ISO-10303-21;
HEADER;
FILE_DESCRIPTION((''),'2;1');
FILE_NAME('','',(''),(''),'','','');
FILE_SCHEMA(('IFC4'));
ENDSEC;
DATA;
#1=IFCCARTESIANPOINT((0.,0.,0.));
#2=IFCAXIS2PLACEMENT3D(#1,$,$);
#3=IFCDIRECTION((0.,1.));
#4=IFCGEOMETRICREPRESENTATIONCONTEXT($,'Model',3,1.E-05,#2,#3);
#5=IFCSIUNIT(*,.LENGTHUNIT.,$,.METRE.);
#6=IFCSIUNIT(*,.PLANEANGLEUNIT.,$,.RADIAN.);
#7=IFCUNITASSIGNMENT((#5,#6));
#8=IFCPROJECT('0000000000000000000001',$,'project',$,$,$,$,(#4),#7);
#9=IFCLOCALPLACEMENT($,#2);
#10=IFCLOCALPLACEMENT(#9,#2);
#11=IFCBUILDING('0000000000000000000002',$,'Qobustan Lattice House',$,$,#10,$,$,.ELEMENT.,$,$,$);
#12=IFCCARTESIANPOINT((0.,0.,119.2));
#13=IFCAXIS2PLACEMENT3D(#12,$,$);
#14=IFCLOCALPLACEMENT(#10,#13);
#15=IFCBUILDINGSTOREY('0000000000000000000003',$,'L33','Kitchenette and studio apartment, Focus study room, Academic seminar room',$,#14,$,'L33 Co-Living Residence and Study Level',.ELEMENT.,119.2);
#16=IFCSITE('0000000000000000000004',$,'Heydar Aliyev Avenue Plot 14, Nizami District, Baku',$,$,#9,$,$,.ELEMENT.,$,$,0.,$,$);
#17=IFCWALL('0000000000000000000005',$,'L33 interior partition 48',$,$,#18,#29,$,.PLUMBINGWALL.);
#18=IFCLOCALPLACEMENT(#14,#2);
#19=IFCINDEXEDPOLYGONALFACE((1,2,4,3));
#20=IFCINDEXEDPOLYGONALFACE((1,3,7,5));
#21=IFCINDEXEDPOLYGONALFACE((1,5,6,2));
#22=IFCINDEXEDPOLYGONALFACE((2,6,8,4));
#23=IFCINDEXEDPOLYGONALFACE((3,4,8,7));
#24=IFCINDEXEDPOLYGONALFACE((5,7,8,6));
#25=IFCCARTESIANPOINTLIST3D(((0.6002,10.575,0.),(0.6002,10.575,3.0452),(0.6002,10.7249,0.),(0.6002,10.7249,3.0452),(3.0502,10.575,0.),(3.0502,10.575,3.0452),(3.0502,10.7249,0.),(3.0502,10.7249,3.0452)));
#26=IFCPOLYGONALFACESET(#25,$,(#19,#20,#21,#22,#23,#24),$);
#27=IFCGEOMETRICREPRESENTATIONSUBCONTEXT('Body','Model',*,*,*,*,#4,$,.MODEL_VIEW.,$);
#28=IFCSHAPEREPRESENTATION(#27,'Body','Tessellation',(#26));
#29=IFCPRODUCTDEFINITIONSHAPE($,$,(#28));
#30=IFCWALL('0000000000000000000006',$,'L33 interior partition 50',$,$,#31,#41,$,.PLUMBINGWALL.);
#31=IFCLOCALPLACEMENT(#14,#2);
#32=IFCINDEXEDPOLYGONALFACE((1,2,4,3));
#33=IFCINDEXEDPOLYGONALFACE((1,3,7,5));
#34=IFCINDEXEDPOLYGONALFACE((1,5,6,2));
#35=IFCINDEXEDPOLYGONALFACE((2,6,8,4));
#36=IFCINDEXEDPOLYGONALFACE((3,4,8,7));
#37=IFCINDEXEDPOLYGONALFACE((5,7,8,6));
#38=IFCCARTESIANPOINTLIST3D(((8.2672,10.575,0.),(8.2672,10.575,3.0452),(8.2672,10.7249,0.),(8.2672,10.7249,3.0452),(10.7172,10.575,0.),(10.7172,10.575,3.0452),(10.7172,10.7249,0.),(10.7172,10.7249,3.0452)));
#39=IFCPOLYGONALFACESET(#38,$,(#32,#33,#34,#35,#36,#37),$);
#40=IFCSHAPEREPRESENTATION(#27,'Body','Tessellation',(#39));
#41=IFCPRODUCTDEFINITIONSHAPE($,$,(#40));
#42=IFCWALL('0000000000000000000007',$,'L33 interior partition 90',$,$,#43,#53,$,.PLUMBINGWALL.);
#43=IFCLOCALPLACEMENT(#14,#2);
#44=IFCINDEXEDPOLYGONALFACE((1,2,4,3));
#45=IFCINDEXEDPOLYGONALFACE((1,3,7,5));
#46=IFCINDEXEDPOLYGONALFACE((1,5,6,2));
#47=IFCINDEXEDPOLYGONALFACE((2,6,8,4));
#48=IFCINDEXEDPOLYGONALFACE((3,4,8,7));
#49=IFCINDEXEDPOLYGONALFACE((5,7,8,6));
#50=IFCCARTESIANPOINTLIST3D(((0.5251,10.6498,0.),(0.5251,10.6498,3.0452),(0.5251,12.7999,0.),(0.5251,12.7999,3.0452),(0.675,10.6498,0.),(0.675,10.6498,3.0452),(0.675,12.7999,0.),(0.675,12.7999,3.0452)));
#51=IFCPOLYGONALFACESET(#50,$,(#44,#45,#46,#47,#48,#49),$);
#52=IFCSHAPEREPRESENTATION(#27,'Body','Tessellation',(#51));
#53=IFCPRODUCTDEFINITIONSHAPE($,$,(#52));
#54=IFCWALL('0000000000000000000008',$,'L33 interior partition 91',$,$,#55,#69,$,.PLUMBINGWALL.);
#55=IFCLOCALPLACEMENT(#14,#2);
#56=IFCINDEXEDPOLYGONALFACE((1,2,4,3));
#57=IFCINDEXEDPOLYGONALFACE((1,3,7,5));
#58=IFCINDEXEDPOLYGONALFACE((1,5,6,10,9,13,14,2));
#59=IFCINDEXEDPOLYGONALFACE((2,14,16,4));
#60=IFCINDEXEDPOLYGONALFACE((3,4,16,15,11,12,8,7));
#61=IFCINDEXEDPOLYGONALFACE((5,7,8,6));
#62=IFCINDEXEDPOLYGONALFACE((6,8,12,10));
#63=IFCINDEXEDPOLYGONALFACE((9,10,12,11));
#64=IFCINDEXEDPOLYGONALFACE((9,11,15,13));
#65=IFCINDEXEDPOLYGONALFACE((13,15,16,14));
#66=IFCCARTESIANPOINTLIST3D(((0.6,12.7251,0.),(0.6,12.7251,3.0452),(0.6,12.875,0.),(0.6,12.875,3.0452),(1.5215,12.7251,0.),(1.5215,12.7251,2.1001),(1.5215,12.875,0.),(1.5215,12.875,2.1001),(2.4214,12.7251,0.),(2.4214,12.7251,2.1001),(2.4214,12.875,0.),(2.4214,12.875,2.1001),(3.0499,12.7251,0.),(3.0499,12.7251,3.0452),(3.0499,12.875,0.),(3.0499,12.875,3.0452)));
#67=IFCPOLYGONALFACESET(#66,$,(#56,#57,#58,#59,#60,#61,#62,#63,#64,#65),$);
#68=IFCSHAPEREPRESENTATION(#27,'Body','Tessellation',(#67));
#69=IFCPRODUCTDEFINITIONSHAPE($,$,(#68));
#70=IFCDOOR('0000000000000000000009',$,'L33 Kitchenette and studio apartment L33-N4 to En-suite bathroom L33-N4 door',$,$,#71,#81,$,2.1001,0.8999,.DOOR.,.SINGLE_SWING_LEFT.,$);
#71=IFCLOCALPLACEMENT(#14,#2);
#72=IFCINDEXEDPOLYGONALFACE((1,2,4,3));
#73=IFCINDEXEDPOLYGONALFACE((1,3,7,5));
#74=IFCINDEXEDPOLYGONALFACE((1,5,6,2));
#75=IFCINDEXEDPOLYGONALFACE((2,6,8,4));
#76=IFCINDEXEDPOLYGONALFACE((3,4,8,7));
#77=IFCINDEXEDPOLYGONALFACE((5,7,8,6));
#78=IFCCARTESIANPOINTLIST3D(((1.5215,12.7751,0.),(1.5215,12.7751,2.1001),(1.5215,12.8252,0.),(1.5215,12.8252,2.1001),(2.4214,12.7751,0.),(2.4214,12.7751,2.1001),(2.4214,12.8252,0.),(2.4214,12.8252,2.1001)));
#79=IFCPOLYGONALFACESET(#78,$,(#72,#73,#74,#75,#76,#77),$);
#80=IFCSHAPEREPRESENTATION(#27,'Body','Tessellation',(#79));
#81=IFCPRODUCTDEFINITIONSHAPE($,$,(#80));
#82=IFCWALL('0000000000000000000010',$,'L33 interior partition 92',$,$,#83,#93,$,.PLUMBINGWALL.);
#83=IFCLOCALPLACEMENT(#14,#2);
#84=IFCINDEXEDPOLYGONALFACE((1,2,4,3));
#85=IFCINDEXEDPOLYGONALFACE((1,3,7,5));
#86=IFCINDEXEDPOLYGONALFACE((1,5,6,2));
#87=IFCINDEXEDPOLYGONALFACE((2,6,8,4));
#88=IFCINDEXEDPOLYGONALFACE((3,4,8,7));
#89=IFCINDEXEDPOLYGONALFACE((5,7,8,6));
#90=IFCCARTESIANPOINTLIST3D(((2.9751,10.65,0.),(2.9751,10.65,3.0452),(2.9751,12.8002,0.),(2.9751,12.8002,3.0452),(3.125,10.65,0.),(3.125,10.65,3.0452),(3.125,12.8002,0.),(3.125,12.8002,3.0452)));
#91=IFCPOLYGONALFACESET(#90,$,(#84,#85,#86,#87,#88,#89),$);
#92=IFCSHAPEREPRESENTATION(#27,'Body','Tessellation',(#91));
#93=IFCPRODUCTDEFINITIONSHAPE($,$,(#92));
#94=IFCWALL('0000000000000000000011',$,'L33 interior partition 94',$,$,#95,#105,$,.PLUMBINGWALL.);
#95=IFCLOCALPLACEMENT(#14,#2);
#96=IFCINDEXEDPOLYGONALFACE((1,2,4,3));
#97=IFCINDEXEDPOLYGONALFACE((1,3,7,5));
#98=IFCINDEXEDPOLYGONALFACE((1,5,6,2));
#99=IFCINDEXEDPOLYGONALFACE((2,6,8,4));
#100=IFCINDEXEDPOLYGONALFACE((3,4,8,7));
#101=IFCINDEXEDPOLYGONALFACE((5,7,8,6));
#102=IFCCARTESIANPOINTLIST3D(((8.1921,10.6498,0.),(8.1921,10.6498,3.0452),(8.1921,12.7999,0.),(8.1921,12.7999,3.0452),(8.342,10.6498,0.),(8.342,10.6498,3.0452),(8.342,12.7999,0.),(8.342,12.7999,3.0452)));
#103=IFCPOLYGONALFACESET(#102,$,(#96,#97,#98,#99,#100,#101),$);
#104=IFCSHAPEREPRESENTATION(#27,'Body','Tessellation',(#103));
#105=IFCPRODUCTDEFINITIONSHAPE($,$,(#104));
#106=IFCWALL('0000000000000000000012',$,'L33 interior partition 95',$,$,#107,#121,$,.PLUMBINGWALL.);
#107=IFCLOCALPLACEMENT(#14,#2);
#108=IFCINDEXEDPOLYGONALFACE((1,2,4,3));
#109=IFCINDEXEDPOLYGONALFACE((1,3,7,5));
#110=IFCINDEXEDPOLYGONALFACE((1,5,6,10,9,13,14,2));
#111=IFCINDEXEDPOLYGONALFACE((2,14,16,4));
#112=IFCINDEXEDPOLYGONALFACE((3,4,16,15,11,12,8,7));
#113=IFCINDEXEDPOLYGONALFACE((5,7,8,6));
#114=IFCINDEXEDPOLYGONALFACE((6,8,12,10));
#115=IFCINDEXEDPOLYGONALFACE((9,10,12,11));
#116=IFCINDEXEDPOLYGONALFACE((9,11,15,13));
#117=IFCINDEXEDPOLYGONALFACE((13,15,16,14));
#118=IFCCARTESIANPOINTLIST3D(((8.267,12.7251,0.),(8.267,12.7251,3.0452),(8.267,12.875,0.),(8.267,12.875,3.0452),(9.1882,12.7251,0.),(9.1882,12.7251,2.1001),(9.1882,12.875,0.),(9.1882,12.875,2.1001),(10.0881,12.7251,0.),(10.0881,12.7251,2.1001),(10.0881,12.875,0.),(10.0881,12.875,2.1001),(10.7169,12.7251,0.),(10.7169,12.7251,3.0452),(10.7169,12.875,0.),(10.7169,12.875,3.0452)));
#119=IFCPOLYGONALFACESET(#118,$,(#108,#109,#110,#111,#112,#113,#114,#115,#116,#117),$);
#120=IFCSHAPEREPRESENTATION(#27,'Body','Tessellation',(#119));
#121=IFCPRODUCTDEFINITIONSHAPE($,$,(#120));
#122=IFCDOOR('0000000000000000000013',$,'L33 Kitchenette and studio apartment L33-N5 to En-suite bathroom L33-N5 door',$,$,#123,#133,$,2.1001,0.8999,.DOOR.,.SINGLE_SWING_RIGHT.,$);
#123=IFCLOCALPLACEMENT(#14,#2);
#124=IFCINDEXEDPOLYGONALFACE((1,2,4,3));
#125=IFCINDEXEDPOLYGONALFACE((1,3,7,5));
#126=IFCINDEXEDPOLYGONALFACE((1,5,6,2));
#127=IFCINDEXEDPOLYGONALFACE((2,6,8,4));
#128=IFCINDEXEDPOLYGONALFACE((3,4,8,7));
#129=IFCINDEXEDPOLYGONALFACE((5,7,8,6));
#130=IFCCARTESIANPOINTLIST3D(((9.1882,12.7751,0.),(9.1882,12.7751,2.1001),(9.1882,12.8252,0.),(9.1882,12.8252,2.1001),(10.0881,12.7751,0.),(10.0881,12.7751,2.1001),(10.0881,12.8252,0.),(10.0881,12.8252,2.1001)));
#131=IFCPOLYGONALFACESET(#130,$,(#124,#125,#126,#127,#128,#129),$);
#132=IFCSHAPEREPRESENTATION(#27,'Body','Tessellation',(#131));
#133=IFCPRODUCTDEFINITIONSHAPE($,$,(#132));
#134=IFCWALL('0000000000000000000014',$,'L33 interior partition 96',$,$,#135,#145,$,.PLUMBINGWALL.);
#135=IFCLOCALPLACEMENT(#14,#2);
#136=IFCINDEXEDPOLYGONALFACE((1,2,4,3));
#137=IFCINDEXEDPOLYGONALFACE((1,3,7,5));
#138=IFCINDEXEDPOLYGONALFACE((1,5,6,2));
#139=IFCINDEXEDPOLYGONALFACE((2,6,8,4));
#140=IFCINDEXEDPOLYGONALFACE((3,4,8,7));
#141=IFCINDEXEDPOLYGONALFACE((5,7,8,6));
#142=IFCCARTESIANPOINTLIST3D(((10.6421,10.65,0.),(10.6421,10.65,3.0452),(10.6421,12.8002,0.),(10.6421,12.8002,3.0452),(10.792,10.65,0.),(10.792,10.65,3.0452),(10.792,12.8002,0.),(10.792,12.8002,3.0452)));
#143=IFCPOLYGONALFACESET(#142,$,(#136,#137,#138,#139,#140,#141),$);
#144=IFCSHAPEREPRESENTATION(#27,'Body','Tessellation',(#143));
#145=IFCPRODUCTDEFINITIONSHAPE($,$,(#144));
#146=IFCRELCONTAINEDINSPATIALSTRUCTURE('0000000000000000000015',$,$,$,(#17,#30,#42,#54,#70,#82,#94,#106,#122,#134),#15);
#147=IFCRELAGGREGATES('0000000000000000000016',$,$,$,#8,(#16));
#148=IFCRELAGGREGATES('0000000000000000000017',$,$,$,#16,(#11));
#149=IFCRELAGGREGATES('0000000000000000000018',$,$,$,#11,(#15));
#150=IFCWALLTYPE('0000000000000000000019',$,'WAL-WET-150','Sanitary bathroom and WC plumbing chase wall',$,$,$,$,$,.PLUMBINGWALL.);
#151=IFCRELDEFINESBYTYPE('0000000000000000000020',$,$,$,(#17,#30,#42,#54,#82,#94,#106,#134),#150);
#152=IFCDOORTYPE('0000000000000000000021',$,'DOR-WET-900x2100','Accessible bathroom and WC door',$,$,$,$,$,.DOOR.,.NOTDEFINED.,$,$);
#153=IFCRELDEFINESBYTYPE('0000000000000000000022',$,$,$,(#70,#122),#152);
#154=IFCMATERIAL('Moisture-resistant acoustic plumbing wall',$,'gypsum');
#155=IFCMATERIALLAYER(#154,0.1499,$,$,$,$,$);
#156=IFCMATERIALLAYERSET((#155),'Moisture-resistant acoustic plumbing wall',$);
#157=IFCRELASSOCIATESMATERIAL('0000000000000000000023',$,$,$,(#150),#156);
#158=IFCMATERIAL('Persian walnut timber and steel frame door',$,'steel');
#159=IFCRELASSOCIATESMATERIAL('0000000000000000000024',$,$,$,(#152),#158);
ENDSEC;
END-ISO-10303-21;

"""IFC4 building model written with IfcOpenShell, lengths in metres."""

from ifc_helpers import new_model, si_unit, direction, frame, frame_2d, origin, place, context, subcontext, project, spatial, rectangle, extrude, material, layer, layer_set, type_object, element, fill, save


model = new_model("IFC4")

# Units and contexts
model_context = context("Model", 3, precision=1e-05, world=origin(), true_north=direction((0.0, 1.0)))
body_context = subcontext(model_context, "Body", "Model", "MODEL_VIEW")
ifc_project = project(units=[si_unit("LENGTHUNIT", "METRE"), si_unit("PLANEANGLEUNIT", "RADIAN")], contexts=[model_context])

# Site, building, storey
site_placement = place(None, origin())
site = spatial("IfcSite", under=ifc_project, at=site_placement, Name="Heydar Aliyev Avenue Plot 14, Nizami District, Baku", CompositionType="ELEMENT", RefElevation=0.0)
building_placement = place(site_placement, origin())
building = spatial("IfcBuilding", under=site, at=building_placement, Name="Qobustan Lattice House", CompositionType="ELEMENT")
storey_placement = place(building_placement, frame((0.0, 0.0, 119.2)))
storey = spatial("IfcBuildingStorey", under=building, at=storey_placement, Name="L33", Description="Kitchenette and studio apartment, Focus study room, Academic seminar room", LongName="L33 Co-Living Residence and Study Level", CompositionType="ELEMENT", Elevation=119.2)

# Walls
ifc_material_1 = material(Name="Moisture-resistant acoustic plumbing wall", Category="gypsum")
ifc_layer_1 = layer(ifc_material_1, 0.1499)
ifc_layer_set_1 = layer_set([ifc_layer_1], Name="Moisture-resistant acoustic plumbing wall")
wall_type_1 = type_object("IfcWallType", Name="WAL-WET-150", Description="Sanitary bathroom and WC plumbing chase wall", PredefinedType="PLUMBINGWALL", material=ifc_layer_set_1)
for number, where, z_axis, x_axis, name in (
    (1, (0.6001, 10.6499, 0.0), (0.0, 0.0, 1.0), (1.0, 0.0, 0.0), "L33 interior partition 48"),
    (2, (8.2671, 10.6499, 0.0), (0.0, 0.0, 1.0), (1.0, 0.0, 0.0), "L33 interior partition 50"),
):
    element("IfcWall", number, at=place(storey_placement, frame(where, z_axis=z_axis, x_axis=x_axis)), inside=storey, type_object=wall_type_1, Name=name, PredefinedType="PLUMBINGWALL", context=body_context, shape_type="SweptSolid", body=[
        extrude(rectangle(XDim=2.45, YDim=0.1499, at=frame_2d((1.2251, 0.0))), origin(), (0.0, 0.0, 1.0), 3.0452),
    ])
wall_1_placement = place(storey_placement, frame((0.6001, 12.8, 0.0), z_axis=(0.0, 0.0, 1.0), x_axis=(0.0, -1.0, 0.0)))
element("IfcWall", 3, at=wall_1_placement, inside=storey, type_object=wall_type_1, Name="L33 interior partition 90", PredefinedType="PLUMBINGWALL", context=body_context, shape_type="SweptSolid", body=[
    extrude(rectangle(XDim=2.1501, YDim=0.1499, at=frame_2d((1.0752, 0.0))), origin(), (0.0, 0.0, 1.0), 3.0452),
])

# Wall, opening, door
wall_2_placement = place(storey_placement, frame((3.05, 12.8, 0.0), z_axis=(0.0, 0.0, 1.0), x_axis=(-1.0, 0.0, 0.0)))
wall_2 = element("IfcWall", 4, at=wall_2_placement, inside=storey, type_object=wall_type_1, Name="L33 interior partition 91", PredefinedType="PLUMBINGWALL", context=body_context, shape_type="SweptSolid", body=[
    extrude(rectangle(XDim=2.45, YDim=0.1499, at=frame_2d((1.2251, 0.0))), origin(), (0.0, 0.0, 1.0), 3.0452),
])
opening_1_placement = place(wall_2_placement, frame((0.6287, 0.0, 0.0)))
opening_1 = element("IfcOpeningElement", 5, at=opening_1_placement, cuts=wall_2, PredefinedType="OPENING", context=body_context, shape_type="SweptSolid", body=[
    extrude(rectangle(XDim=0.8999, YDim=2.1001, at=frame_2d((0.45, 1.05))), frame((0.0, 0.085, 0.0), z_axis=(0.0, -1.0, 0.0), x_axis=(1.0, 0.0, 0.0)), (0.0, 0.0, 1.0), 0.1699),
])
ifc_material_2 = material(Name="Persian walnut timber and steel frame door", Category="steel")
door_type_1 = type_object("IfcDoorType", Name="DOR-WET-900x2100", Description="Accessible bathroom and WC door", OperationType="NOTDEFINED", PredefinedType="DOOR", material=ifc_material_2)
door_1_placement = place(opening_1_placement, origin())
door_1 = element("IfcDoor", 6, at=door_1_placement, inside=storey, type_object=door_type_1, Name="L33 Kitchenette and studio apartment L33-N4 to En-suite bathroom L33-N4 door", OperationType="SINGLE_SWING_LEFT", OverallHeight=2.1001, OverallWidth=0.8999, PredefinedType="DOOR", context=body_context, shape_type="SweptSolid", body=[
    extrude(rectangle(XDim=0.8999, YDim=2.1001, at=frame_2d((0.45, 1.05))), frame((0.0, 0.0249, 0.0), z_axis=(0.0, -1.0, 0.0), x_axis=(1.0, 0.0, 0.0)), (0.0, 0.0, 1.0), 0.05),
])
fill(opening_1, door_1)

# Walls
for number, where, z_axis, x_axis, name in (
    (7, (3.05, 10.6499, 0.0), (0.0, 0.0, 1.0), (0.0, 1.0, 0.0), "L33 interior partition 92"),
    (8, (8.2671, 12.8, 0.0), (0.0, 0.0, 1.0), (0.0, -1.0, 0.0), "L33 interior partition 94"),
):
    element("IfcWall", number, at=place(storey_placement, frame(where, z_axis=z_axis, x_axis=x_axis)), inside=storey, type_object=wall_type_1, Name=name, PredefinedType="PLUMBINGWALL", context=body_context, shape_type="SweptSolid", body=[
        extrude(rectangle(XDim=2.1501, YDim=0.1499, at=frame_2d((1.0752, 0.0))), origin(), (0.0, 0.0, 1.0), 3.0452),
    ])

# Wall, opening, door
wall_3_placement = place(storey_placement, frame((10.717, 12.8, 0.0), z_axis=(0.0, 0.0, 1.0), x_axis=(-1.0, 0.0, 0.0)))
wall_3 = element("IfcWall", 9, at=wall_3_placement, inside=storey, type_object=wall_type_1, Name="L33 interior partition 95", PredefinedType="PLUMBINGWALL", context=body_context, shape_type="SweptSolid", body=[
    extrude(rectangle(XDim=2.45, YDim=0.1499, at=frame_2d((1.2251, 0.0))), origin(), (0.0, 0.0, 1.0), 3.0452),
])
opening_2_placement = place(wall_3_placement, frame((0.6289, 0.0, 0.0)))
opening_2 = element("IfcOpeningElement", 10, at=opening_2_placement, cuts=wall_3, PredefinedType="OPENING", context=body_context, shape_type="SweptSolid", body=[
    extrude(rectangle(XDim=0.8999, YDim=2.1001, at=frame_2d((0.45, 1.05))), frame((0.0, 0.085, 0.0), z_axis=(0.0, -1.0, 0.0), x_axis=(1.0, 0.0, 0.0)), (0.0, 0.0, 1.0), 0.1699),
])
door_2_placement = place(opening_2_placement, origin())
door_2 = element("IfcDoor", 11, at=door_2_placement, inside=storey, type_object=door_type_1, Name="L33 Kitchenette and studio apartment L33-N5 to En-suite bathroom L33-N5 door", OperationType="SINGLE_SWING_RIGHT", OverallHeight=2.1001, OverallWidth=0.8999, PredefinedType="DOOR", context=body_context, shape_type="SweptSolid", body=[
    extrude(rectangle(XDim=0.8999, YDim=2.1001, at=frame_2d((0.45, 1.05))), frame((0.0, 0.0249, 0.0), z_axis=(0.0, -1.0, 0.0), x_axis=(1.0, 0.0, 0.0)), (0.0, 0.0, 1.0), 0.05),
])
fill(opening_2, door_2)

# Wall
wall_4_placement = place(storey_placement, frame((10.717, 10.6499, 0.0), z_axis=(0.0, 0.0, 1.0), x_axis=(0.0, 1.0, 0.0)))
element("IfcWall", 12, at=wall_4_placement, inside=storey, type_object=wall_type_1, Name="L33 interior partition 96", PredefinedType="PLUMBINGWALL", context=body_context, shape_type="SweptSolid", body=[
    extrude(rectangle(XDim=2.1501, YDim=0.1499, at=frame_2d((1.0752, 0.0))), origin(), (0.0, 0.0, 1.0), 3.0452),
])

save(model, "model.ifc")
